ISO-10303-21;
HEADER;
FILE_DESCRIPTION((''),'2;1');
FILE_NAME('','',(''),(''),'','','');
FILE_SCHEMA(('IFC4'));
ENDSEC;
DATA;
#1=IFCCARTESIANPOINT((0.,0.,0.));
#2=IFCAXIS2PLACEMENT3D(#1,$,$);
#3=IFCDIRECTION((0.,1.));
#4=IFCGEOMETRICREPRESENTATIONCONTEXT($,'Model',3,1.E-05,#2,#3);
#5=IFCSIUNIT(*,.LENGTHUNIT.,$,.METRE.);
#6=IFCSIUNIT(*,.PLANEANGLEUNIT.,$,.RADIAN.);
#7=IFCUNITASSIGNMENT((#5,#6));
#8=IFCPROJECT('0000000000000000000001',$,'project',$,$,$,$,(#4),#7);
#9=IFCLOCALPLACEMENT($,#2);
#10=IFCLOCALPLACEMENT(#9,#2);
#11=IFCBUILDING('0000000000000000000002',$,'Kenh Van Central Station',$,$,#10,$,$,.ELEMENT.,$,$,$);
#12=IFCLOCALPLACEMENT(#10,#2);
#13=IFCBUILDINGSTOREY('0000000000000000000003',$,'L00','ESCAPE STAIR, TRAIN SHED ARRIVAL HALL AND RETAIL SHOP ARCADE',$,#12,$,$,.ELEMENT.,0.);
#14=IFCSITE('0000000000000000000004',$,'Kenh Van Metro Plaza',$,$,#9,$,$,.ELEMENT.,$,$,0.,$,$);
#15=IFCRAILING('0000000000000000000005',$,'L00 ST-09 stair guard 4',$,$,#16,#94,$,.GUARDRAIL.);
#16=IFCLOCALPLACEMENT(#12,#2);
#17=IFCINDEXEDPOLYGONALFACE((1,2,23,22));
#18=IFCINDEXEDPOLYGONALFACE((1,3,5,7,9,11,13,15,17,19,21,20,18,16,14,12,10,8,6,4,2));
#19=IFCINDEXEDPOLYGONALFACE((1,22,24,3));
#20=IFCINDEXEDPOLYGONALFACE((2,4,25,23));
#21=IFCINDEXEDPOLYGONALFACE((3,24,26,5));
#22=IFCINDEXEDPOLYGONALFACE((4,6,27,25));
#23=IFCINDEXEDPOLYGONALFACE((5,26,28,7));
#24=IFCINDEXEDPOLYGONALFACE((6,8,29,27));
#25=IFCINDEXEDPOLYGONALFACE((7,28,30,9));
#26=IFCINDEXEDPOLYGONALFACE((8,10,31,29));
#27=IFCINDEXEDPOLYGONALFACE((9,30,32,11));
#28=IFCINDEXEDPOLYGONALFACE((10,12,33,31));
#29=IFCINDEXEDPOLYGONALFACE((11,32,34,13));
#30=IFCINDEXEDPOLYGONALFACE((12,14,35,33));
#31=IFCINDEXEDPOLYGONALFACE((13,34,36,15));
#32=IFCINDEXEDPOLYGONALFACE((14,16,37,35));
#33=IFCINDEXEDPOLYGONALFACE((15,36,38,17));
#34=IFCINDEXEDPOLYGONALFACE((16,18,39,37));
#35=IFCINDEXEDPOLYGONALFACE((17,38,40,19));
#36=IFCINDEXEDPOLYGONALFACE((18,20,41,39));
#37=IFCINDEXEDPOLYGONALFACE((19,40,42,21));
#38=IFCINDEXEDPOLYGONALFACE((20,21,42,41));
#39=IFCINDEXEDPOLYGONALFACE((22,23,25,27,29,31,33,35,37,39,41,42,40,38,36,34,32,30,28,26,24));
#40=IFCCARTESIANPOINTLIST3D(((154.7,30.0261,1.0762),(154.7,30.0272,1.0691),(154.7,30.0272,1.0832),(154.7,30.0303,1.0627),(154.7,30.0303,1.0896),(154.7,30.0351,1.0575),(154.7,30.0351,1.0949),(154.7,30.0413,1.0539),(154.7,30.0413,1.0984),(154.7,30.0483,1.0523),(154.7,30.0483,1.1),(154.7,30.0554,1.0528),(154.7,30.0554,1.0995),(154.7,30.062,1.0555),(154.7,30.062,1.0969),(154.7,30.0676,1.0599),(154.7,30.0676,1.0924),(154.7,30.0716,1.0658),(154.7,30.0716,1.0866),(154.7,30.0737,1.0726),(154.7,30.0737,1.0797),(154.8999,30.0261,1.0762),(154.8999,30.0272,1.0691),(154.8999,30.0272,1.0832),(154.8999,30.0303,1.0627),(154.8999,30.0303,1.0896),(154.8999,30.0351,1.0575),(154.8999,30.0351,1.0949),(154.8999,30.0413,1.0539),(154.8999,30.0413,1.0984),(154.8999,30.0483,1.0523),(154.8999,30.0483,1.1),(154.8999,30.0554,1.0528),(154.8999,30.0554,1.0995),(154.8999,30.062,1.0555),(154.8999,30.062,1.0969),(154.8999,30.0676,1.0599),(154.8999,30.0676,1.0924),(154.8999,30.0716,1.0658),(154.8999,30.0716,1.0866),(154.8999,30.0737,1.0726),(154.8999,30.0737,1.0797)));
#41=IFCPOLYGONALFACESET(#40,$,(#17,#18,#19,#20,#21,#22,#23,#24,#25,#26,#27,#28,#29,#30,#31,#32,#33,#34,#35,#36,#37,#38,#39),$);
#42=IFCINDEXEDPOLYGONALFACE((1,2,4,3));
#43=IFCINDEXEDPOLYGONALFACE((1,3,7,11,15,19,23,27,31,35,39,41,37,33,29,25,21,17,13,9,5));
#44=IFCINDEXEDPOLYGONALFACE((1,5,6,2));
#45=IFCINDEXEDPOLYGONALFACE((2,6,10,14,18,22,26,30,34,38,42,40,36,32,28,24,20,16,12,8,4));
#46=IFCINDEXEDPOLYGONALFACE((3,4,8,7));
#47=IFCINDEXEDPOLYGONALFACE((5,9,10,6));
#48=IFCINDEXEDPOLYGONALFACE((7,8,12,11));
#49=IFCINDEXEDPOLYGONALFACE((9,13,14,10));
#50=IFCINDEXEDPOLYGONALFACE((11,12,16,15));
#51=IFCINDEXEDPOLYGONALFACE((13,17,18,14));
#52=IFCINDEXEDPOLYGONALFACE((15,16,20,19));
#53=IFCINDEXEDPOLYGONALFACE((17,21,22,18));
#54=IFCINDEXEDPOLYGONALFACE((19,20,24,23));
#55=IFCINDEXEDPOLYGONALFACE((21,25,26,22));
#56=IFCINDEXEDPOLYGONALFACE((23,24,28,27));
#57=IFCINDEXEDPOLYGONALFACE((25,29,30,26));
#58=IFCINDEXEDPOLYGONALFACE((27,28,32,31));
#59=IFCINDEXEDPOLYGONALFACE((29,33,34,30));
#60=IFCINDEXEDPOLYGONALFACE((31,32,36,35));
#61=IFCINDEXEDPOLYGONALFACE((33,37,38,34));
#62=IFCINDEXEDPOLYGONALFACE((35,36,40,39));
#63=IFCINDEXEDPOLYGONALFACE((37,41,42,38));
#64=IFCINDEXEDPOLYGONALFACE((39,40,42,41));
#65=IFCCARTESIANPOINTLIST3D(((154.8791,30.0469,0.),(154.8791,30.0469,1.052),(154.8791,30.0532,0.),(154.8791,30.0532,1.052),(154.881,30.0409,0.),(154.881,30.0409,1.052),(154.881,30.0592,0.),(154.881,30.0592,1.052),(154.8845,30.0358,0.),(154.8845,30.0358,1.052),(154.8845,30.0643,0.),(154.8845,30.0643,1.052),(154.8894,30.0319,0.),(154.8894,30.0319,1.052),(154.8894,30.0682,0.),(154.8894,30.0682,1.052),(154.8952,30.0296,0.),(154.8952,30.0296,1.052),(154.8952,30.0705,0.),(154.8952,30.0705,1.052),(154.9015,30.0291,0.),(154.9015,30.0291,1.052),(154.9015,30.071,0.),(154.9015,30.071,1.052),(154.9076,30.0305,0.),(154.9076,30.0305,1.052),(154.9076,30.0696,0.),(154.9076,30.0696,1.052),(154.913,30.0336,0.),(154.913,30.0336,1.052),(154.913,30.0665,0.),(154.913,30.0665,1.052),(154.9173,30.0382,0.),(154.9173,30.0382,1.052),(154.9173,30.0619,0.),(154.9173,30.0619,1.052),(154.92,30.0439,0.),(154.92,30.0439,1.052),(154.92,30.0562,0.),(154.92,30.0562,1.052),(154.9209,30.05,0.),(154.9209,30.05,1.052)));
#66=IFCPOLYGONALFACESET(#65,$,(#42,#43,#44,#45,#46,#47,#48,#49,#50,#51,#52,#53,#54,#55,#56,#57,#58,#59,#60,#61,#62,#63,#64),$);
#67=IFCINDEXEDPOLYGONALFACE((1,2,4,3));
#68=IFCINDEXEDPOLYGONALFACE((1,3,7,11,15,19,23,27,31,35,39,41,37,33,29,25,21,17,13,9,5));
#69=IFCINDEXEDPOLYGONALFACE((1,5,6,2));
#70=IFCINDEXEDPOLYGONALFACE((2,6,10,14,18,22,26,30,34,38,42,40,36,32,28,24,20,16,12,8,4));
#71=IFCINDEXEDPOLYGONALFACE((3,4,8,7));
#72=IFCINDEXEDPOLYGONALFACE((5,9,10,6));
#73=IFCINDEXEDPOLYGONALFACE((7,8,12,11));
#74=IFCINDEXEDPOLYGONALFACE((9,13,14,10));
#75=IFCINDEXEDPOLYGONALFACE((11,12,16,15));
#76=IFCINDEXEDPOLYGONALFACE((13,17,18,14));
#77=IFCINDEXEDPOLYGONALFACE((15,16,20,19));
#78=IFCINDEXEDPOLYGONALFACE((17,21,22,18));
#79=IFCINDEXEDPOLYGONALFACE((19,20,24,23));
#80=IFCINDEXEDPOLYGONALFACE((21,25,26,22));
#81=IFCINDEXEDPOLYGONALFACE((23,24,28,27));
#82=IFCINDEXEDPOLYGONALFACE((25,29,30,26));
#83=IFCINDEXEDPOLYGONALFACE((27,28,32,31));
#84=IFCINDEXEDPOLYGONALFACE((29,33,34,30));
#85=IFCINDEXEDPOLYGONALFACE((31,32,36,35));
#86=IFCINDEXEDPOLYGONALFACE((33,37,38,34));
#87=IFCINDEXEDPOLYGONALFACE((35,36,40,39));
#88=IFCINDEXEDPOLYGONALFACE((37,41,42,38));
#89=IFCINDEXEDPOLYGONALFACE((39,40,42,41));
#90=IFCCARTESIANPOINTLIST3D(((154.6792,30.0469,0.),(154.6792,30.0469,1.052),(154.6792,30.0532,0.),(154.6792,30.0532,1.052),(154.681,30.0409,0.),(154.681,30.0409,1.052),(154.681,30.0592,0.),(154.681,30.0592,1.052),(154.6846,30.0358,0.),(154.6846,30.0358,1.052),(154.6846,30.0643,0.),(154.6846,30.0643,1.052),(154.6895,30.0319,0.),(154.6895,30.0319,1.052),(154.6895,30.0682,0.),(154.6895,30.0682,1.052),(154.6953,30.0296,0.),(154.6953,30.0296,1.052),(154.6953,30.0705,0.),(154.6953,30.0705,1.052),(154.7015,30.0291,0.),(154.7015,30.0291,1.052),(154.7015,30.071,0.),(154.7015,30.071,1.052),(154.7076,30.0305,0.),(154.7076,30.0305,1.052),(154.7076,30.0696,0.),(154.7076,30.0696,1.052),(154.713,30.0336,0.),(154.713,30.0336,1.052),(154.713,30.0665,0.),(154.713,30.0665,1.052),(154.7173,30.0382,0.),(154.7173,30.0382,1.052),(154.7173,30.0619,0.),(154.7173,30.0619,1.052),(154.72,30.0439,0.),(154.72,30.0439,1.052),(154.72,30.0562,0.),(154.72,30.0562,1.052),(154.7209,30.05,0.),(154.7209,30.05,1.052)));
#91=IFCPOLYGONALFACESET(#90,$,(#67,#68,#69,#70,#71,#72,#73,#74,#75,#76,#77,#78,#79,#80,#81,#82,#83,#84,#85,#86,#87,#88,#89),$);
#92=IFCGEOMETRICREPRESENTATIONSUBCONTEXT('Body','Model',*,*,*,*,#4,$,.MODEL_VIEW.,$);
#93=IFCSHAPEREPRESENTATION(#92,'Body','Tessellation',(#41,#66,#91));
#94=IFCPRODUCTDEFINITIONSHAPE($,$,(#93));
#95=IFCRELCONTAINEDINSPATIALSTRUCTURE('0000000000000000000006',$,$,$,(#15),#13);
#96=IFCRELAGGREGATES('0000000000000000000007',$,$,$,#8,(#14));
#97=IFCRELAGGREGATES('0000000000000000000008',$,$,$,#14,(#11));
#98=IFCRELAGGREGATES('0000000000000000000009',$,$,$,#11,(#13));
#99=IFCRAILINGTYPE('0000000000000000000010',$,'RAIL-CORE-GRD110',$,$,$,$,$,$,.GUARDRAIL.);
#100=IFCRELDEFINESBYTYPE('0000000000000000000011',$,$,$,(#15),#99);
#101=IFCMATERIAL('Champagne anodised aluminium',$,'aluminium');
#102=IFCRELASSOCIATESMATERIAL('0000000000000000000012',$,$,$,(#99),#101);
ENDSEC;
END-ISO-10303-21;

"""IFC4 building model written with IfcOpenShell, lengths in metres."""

from ifc_helpers import new_model, si_unit, direction, frame, origin, origin_2d, place, context, subcontext, project, spatial, circle, extrude, material, type_object, element, save


model = new_model("IFC4")

# Units and contexts
model_context = context("Model", 3, precision=1e-05, world=origin(), true_north=direction((0.0, 1.0)))
body_context = subcontext(model_context, "Body", "Model", "MODEL_VIEW")
ifc_project = project(units=[si_unit("LENGTHUNIT", "METRE"), si_unit("PLANEANGLEUNIT", "RADIAN")], contexts=[model_context])

# Site, building, storey
site_placement = place(None, origin())
site = spatial("IfcSite", under=ifc_project, at=site_placement, Name="Kenh Van Metro Plaza", CompositionType="ELEMENT", RefElevation=0.0)
building_placement = place(site_placement, origin())
building = spatial("IfcBuilding", under=site, at=building_placement, Name="Kenh Van Central Station", CompositionType="ELEMENT")
storey_placement = place(building_placement, origin())
storey = spatial("IfcBuildingStorey", under=building, at=storey_placement, Name="L00", Description="ESCAPE STAIR, TRAIN SHED ARRIVAL HALL AND RETAIL SHOP ARCADE", CompositionType="ELEMENT", Elevation=0.0)

# Shared definitions
ifc_material_1 = material(Name="Champagne anodised aluminium", Category="aluminium")

# Railing
railing_type = type_object("IfcRailingType", Name="RAIL-CORE-GRD110", PredefinedType="GUARDRAIL", material=ifc_material_1)
railing_1_placement = place(storey_placement, frame((154.8999, 30.05, 0.0)))
element("IfcRailing", 1, at=railing_1_placement, inside=storey, type_object=railing_type, Name="L00 ST-09 stair guard 4", PredefinedType="GUARDRAIL", context=body_context, shape_type="SweptSolid", body=[
    extrude(circle(Radius=0.0239, at=origin_2d()), frame((0.0, 0.0, 1.0762), z_axis=(-1.0, 0.0, 0.0), x_axis=(0.0, -1.0, 0.0)), (0.0, 0.0, 1.0), 0.2),
    extrude(circle(Radius=0.021, at=origin_2d()), origin(), (0.0, 0.0, 1.0), 1.052),
    extrude(circle(Radius=0.021, at=origin_2d()), frame((-0.2, 0.0, 0.0)), (0.0, 0.0, 1.0), 1.052),
])

save(model, "model.ifc")
